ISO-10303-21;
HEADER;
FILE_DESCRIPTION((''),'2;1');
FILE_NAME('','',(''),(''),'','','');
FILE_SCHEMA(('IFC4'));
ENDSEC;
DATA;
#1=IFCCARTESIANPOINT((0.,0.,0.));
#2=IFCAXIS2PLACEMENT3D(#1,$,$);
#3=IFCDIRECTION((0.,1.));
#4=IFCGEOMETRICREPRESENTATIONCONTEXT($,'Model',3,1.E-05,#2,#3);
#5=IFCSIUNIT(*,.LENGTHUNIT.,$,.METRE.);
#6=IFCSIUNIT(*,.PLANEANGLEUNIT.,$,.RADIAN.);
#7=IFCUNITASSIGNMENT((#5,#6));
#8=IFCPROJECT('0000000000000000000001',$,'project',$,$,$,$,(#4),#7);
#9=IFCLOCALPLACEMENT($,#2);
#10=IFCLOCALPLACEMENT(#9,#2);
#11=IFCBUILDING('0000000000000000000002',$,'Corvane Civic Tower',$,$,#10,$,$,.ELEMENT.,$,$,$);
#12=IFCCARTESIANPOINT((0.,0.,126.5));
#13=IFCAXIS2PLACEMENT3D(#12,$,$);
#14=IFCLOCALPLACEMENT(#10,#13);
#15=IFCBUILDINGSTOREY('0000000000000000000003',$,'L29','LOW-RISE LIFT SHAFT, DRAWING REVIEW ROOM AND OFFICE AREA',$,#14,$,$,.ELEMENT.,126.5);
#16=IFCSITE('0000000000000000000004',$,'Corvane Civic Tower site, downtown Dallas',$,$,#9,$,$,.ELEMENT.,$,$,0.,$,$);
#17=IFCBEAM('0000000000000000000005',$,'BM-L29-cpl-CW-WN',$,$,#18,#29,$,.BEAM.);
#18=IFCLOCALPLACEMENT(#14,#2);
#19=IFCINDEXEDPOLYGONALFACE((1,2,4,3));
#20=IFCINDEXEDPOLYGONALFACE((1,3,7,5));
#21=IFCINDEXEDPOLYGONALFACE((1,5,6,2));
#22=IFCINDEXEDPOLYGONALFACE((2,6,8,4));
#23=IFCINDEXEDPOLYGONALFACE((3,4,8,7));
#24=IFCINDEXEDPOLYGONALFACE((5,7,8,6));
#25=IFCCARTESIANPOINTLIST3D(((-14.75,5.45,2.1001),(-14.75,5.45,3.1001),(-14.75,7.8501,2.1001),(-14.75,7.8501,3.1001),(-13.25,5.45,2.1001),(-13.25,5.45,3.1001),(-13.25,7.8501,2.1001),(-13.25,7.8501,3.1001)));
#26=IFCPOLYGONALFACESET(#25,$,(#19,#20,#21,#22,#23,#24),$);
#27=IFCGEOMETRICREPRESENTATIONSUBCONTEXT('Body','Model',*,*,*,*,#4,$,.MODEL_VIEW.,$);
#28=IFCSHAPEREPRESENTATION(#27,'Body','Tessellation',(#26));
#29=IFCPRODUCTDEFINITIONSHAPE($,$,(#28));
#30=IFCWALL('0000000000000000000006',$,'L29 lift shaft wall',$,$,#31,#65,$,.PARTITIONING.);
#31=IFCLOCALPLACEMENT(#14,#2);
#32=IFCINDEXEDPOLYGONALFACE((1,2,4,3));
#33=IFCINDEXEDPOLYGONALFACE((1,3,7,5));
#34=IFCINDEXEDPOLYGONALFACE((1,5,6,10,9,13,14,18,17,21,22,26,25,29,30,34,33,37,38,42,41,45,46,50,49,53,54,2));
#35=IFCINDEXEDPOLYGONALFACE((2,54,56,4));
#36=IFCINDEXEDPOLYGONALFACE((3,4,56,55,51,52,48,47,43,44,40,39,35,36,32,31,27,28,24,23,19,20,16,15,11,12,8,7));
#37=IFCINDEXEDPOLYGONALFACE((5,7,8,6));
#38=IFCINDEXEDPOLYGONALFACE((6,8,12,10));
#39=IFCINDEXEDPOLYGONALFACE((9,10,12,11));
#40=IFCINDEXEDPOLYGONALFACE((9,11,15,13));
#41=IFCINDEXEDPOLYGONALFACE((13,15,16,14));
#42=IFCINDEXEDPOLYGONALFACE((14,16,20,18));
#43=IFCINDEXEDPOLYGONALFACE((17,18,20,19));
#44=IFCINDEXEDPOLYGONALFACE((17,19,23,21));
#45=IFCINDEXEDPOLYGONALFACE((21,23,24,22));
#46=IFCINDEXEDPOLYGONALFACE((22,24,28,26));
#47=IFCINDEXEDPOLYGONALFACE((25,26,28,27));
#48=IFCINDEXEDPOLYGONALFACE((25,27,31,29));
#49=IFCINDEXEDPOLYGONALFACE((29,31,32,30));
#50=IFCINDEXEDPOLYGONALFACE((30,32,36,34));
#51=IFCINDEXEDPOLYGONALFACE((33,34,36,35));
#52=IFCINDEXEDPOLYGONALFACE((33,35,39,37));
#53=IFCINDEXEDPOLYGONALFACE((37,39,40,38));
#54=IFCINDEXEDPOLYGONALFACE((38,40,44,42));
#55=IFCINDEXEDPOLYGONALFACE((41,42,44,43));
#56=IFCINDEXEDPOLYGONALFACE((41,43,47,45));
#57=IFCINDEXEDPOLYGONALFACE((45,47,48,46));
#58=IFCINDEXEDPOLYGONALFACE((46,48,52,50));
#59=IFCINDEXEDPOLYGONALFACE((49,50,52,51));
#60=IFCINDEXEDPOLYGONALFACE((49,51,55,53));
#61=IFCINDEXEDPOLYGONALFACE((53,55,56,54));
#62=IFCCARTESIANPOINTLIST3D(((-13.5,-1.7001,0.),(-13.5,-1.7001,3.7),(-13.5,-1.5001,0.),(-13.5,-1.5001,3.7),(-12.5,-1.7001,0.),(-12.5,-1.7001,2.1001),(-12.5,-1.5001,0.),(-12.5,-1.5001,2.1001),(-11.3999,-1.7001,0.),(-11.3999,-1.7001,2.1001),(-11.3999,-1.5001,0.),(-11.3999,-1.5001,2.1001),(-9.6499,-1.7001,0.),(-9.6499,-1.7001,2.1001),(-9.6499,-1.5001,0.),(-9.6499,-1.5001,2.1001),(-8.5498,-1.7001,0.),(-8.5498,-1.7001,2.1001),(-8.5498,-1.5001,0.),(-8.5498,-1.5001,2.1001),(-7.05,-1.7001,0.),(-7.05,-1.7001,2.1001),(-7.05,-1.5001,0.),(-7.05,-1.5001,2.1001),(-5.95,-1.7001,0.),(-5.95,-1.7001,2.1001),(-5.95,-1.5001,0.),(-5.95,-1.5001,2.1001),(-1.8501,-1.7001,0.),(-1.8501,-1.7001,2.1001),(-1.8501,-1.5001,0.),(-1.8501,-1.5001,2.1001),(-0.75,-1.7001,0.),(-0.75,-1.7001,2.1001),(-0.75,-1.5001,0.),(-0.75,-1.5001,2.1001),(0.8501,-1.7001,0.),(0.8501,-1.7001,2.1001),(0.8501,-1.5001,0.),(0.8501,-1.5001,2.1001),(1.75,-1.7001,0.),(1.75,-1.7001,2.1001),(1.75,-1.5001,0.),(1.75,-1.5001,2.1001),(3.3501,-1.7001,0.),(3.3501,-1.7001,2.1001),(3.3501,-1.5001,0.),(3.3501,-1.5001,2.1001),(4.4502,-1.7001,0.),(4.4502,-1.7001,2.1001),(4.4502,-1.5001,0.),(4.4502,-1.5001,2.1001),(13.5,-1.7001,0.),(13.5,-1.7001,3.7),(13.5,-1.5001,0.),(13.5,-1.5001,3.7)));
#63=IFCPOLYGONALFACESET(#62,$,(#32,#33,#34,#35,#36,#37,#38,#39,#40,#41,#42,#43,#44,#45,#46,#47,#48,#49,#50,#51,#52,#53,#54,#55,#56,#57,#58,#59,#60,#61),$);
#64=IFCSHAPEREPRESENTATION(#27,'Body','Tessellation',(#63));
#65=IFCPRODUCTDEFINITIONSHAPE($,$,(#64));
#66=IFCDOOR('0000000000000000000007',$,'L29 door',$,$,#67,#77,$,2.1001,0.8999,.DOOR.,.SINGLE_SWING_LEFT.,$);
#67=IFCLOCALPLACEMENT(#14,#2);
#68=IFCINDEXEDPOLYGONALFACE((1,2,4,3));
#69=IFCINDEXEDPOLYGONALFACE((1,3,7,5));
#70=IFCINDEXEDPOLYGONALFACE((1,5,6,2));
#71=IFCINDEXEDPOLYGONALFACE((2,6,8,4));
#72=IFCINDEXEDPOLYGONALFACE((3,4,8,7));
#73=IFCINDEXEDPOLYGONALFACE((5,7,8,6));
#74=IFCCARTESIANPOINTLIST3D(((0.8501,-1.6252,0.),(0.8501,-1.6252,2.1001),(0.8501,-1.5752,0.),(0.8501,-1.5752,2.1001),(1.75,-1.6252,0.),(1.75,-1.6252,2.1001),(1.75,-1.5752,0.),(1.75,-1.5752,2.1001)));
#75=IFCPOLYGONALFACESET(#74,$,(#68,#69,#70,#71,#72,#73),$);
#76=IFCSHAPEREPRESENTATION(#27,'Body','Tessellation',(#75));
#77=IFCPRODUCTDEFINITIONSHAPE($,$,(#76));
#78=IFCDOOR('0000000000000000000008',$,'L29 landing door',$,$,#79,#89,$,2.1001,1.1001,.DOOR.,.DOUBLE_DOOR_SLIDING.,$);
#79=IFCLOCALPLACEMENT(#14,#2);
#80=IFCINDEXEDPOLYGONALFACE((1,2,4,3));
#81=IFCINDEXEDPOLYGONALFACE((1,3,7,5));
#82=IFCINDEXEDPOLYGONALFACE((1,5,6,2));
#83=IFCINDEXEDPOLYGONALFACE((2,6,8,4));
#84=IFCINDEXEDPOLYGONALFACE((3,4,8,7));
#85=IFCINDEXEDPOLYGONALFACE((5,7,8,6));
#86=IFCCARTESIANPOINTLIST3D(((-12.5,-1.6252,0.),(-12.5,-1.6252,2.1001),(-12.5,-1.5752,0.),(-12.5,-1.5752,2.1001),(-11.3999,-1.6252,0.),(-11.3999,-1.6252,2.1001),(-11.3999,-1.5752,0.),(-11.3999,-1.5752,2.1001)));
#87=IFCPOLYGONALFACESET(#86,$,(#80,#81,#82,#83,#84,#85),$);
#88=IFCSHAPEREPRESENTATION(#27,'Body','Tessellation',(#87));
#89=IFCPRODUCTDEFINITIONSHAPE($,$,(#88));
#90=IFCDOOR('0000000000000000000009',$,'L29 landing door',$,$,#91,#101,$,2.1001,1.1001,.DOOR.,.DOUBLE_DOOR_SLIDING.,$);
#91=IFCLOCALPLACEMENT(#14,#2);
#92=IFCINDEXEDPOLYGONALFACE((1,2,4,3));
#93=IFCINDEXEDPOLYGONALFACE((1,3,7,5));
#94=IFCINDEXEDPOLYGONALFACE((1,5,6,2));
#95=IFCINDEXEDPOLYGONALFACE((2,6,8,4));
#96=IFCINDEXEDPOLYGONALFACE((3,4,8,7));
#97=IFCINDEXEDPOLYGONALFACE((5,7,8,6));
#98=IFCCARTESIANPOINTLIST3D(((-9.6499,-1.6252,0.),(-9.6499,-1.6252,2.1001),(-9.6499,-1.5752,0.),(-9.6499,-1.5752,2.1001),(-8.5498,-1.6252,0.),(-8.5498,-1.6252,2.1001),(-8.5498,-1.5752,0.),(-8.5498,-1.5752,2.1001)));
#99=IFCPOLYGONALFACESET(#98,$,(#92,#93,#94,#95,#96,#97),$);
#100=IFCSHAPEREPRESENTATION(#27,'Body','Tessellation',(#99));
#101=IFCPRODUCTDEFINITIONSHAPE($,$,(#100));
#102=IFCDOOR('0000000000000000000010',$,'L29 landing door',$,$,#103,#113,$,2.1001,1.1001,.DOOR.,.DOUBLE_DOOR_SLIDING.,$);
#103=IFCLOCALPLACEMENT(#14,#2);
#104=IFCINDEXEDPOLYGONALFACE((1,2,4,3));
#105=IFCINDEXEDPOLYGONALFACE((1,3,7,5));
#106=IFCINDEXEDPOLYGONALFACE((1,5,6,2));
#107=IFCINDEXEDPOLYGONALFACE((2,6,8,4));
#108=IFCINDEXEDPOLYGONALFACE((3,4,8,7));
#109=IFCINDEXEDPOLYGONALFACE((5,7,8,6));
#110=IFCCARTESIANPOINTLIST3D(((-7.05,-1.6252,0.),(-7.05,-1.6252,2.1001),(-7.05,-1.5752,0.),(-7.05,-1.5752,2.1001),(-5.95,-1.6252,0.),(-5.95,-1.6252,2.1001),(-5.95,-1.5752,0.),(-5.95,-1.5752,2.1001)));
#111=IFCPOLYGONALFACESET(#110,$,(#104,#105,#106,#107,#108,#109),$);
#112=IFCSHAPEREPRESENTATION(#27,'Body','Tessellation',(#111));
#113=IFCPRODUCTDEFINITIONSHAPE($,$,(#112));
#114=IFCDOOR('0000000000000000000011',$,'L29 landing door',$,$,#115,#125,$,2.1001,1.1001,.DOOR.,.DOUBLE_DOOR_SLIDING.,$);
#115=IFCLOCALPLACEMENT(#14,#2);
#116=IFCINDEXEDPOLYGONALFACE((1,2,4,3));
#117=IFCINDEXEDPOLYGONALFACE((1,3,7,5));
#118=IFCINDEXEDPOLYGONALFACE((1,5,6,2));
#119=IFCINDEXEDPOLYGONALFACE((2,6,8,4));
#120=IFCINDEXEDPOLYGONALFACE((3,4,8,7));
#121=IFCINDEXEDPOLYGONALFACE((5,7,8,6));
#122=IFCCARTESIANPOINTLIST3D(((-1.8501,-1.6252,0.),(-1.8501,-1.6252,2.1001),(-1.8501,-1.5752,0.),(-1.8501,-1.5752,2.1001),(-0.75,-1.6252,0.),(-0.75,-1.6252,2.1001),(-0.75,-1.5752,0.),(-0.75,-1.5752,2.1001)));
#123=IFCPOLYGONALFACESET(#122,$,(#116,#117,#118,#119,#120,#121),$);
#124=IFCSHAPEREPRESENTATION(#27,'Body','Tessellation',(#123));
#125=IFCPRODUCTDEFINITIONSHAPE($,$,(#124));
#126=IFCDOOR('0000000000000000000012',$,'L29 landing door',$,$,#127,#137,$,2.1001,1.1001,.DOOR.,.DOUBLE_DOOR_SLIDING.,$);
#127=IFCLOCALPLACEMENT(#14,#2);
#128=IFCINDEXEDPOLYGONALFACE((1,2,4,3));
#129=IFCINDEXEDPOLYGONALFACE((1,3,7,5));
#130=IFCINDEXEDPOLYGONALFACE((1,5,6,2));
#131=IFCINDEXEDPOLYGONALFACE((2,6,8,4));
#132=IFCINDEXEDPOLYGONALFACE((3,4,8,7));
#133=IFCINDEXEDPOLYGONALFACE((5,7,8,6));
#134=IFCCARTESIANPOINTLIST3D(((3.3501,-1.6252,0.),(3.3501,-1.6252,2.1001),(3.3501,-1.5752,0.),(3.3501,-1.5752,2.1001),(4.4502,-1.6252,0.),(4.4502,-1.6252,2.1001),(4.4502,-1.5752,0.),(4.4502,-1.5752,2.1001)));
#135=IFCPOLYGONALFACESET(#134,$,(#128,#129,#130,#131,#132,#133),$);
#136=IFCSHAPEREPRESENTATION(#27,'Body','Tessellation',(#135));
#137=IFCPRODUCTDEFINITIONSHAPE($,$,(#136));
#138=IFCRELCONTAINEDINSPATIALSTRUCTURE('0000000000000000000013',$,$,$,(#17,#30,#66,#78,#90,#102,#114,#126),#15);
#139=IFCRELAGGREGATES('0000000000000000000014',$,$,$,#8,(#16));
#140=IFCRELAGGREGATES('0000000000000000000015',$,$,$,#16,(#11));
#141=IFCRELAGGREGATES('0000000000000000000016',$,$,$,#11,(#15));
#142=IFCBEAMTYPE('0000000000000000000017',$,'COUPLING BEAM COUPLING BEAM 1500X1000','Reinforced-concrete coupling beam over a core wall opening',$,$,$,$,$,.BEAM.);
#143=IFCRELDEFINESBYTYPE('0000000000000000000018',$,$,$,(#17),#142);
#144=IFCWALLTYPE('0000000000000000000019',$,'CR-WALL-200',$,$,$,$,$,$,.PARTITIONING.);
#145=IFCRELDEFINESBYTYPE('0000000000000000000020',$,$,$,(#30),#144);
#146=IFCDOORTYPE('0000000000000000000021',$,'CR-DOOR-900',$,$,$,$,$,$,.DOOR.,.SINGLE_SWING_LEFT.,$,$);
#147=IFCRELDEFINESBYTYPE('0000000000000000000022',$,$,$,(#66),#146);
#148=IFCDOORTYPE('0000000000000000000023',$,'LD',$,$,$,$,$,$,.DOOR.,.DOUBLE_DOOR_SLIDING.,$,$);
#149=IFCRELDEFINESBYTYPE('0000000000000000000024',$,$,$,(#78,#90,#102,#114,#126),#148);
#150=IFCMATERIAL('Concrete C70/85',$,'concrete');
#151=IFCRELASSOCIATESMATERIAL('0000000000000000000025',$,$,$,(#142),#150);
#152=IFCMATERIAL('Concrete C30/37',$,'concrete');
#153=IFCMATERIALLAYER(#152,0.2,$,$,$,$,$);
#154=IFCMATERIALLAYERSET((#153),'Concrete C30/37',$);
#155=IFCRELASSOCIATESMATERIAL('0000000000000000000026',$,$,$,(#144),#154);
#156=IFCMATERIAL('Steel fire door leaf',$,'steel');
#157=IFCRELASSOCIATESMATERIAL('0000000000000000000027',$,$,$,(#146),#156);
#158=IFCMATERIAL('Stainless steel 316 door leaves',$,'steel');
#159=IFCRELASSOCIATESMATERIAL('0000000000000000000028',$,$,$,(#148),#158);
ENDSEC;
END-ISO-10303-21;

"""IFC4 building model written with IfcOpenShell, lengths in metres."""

from ifc_helpers import new_model, si_unit, direction, frame, frame_2d, origin, origin_2d, place, context, subcontext, project, spatial, rectangle, extrude, material, layer, layer_set, material_profile, profile_set, type_object, element, fill, save


model = new_model("IFC4")

# Units and contexts
model_context = context("Model", 3, precision=1e-05, world=origin(), true_north=direction((0.0, 1.0)))
body_context = subcontext(model_context, "Body", "Model", "MODEL_VIEW")
ifc_project = project(units=[si_unit("LENGTHUNIT", "METRE"), si_unit("PLANEANGLEUNIT", "RADIAN")], contexts=[model_context])

# Site, building, storey
site_placement = place(None, origin())
site = spatial("IfcSite", under=ifc_project, at=site_placement, Name="Corvane Civic Tower site, downtown Dallas", CompositionType="ELEMENT", RefElevation=0.0)
building_placement = place(site_placement, origin())
building = spatial("IfcBuilding", under=site, at=building_placement, Name="Corvane Civic Tower", CompositionType="ELEMENT")
storey_placement = place(building_placement, frame((0.0, 0.0, 126.5)))
storey = spatial("IfcBuildingStorey", under=building, at=storey_placement, Name="L29", Description="LOW-RISE LIFT SHAFT, DRAWING REVIEW ROOM AND OFFICE AREA", CompositionType="ELEMENT", Elevation=126.5)

# Beam
ifc_material_1 = material(Name="Concrete C70/85", Category="concrete")
ifc_material_profile = material_profile(ifc_material_1, rectangle(XDim=1.5, YDim=1.0, at=origin_2d()), Name="COUPLING BEAM 1500X1000")
ifc_profile_set = profile_set([ifc_material_profile], Name="Concrete C70/85")
beam_type = type_object("IfcBeamType", Name="COUPLING BEAM COUPLING BEAM 1500X1000", Description="Reinforced-concrete coupling beam over a core wall opening", PredefinedType="BEAM", material=ifc_profile_set)
beam_placement = place(storey_placement, frame((-14.0, 5.45, 2.6001), z_axis=(0.0, 1.0, 0.0), x_axis=(-1.0, 0.0, 0.0)))
element("IfcBeam", 1, at=beam_placement, inside=storey, type_object=beam_type, Name="BM-L29-cpl-CW-WN", PredefinedType="BEAM", context=body_context, shape_type="SweptSolid", body=[
    extrude(rectangle(XDim=1.5, YDim=1.0, at=origin_2d()), origin(), (0.0, 0.0, 1.0), 2.4001),
])

# Wall, openings, doors
ifc_material_2 = material(Name="Concrete C30/37", Category="concrete")
ifc_layer_1 = layer(ifc_material_2, 0.2)
ifc_layer_set_1 = layer_set([ifc_layer_1], Name="Concrete C30/37")
wall_type_1 = type_object("IfcWallType", Name="CR-WALL-200", PredefinedType="PARTITIONING", material=ifc_layer_set_1)
wall_1_placement = place(storey_placement, frame((-13.5, -1.6001, 0.0), z_axis=(0.0, 0.0, 1.0), x_axis=(1.0, 0.0, 0.0)))
wall_1 = element("IfcWall", 2, at=wall_1_placement, inside=storey, type_object=wall_type_1, Name="L29 lift shaft wall", PredefinedType="PARTITIONING", context=body_context, shape_type="SweptSolid", body=[
    extrude(rectangle(XDim=27.0, YDim=0.2, at=frame_2d((13.5, 0.0))), origin(), (0.0, 0.0, 1.0), 3.7),
])
opening_1_placement = place(wall_1_placement, frame((1.0, 0.0, 0.0)))
opening_1 = element("IfcOpeningElement", 3, at=opening_1_placement, cuts=wall_1, PredefinedType="OPENING", context=body_context, shape_type="SweptSolid", body=[
    extrude(rectangle(XDim=1.1001, YDim=2.1001, at=frame_2d((0.55, 1.05))), frame((0.0, 0.1099, 0.0), z_axis=(0.0, -1.0, 0.0), x_axis=(1.0, 0.0, 0.0)), (0.0, 0.0, 1.0), 0.22),
])
opening_2_placement = place(wall_1_placement, frame((3.8501, 0.0, 0.0)))
opening_2 = element("IfcOpeningElement", 4, at=opening_2_placement, cuts=wall_1, PredefinedType="OPENING", context=body_context, shape_type="SweptSolid", body=[
    extrude(rectangle(XDim=1.1001, YDim=2.1001, at=frame_2d((0.55, 1.05))), frame((0.0, 0.1099, 0.0), z_axis=(0.0, -1.0, 0.0), x_axis=(1.0, 0.0, 0.0)), (0.0, 0.0, 1.0), 0.22),
])
opening_3_placement = place(wall_1_placement, frame((6.45, 0.0, 0.0)))
opening_3 = element("IfcOpeningElement", 5, at=opening_3_placement, cuts=wall_1, PredefinedType="OPENING", context=body_context, shape_type="SweptSolid", body=[
    extrude(rectangle(XDim=1.1001, YDim=2.1001, at=frame_2d((0.55, 1.05))), frame((0.0, 0.1099, 0.0), z_axis=(0.0, -1.0, 0.0), x_axis=(1.0, 0.0, 0.0)), (0.0, 0.0, 1.0), 0.22),
])
opening_4_placement = place(wall_1_placement, frame((11.6499, 0.0, 0.0)))
opening_4 = element("IfcOpeningElement", 6, at=opening_4_placement, cuts=wall_1, PredefinedType="OPENING", context=body_context, shape_type="SweptSolid", body=[
    extrude(rectangle(XDim=1.1001, YDim=2.1001, at=frame_2d((0.55, 1.05))), frame((0.0, 0.1099, 0.0), z_axis=(0.0, -1.0, 0.0), x_axis=(1.0, 0.0, 0.0)), (0.0, 0.0, 1.0), 0.22),
])
opening_5_placement = place(wall_1_placement, frame((14.3501, 0.0, 0.0)))
opening_5 = element("IfcOpeningElement", 7, at=opening_5_placement, cuts=wall_1, PredefinedType="OPENING", context=body_context, shape_type="SweptSolid", body=[
    extrude(rectangle(XDim=0.8999, YDim=2.1001, at=frame_2d((0.45, 1.05))), frame((0.0, 0.1099, 0.0), z_axis=(0.0, -1.0, 0.0), x_axis=(1.0, 0.0, 0.0)), (0.0, 0.0, 1.0), 0.22),
])
opening_6_placement = place(wall_1_placement, frame((16.8501, 0.0, 0.0)))
opening_6 = element("IfcOpeningElement", 8, at=opening_6_placement, cuts=wall_1, PredefinedType="OPENING", context=body_context, shape_type="SweptSolid", body=[
    extrude(rectangle(XDim=1.1001, YDim=2.1001, at=frame_2d((0.55, 1.05))), frame((0.0, 0.1099, 0.0), z_axis=(0.0, -1.0, 0.0), x_axis=(1.0, 0.0, 0.0)), (0.0, 0.0, 1.0), 0.22),
])
ifc_material_3 = material(Name="Steel fire door leaf", Category="steel")
door_type_1 = type_object("IfcDoorType", Name="CR-DOOR-900", OperationType="SINGLE_SWING_LEFT", PredefinedType="DOOR", material=ifc_material_3)
door_1_placement = place(opening_5_placement, origin())
door_1 = element("IfcDoor", 9, at=door_1_placement, inside=storey, type_object=door_type_1, Name="L29 door", OperationType="SINGLE_SWING_LEFT", OverallHeight=2.1001, OverallWidth=0.8999, PredefinedType="DOOR", context=body_context, shape_type="SweptSolid", body=[
    extrude(rectangle(XDim=0.8999, YDim=2.1001, at=frame_2d((0.45, 1.05))), frame((0.0, 0.0249, 0.0), z_axis=(0.0, -1.0, 0.0), x_axis=(1.0, 0.0, 0.0)), (0.0, 0.0, 1.0), 0.05),
])
fill(opening_5, door_1)
ifc_material_4 = material(Name="Stainless steel 316 door leaves", Category="steel")
door_type_2 = type_object("IfcDoorType", Name="LD", OperationType="DOUBLE_DOOR_SLIDING", PredefinedType="DOOR", material=ifc_material_4)
door_2_placement = place(opening_1_placement, origin())
door_2 = element("IfcDoor", 10, at=door_2_placement, inside=storey, type_object=door_type_2, Name="L29 landing door", OperationType="DOUBLE_DOOR_SLIDING", OverallHeight=2.1001, OverallWidth=1.1001, PredefinedType="DOOR", context=body_context, shape_type="SweptSolid", body=[
    extrude(rectangle(XDim=1.1001, YDim=2.1001, at=frame_2d((0.55, 1.05))), frame((0.0, 0.0249, 0.0), z_axis=(0.0, -1.0, 0.0), x_axis=(1.0, 0.0, 0.0)), (0.0, 0.0, 1.0), 0.05),
])
fill(opening_1, door_2)
door_3_placement = place(opening_2_placement, origin())
door_3 = element("IfcDoor", 11, at=door_3_placement, inside=storey, type_object=door_type_2, Name="L29 landing door", OperationType="DOUBLE_DOOR_SLIDING", OverallHeight=2.1001, OverallWidth=1.1001, PredefinedType="DOOR", context=body_context, shape_type="SweptSolid", body=[
    extrude(rectangle(XDim=1.1001, YDim=2.1001, at=frame_2d((0.55, 1.05))), frame((0.0, 0.0249, 0.0), z_axis=(0.0, -1.0, 0.0), x_axis=(1.0, 0.0, 0.0)), (0.0, 0.0, 1.0), 0.05),
])
fill(opening_2, door_3)
door_4_placement = place(opening_3_placement, origin())
door_4 = element("IfcDoor", 12, at=door_4_placement, inside=storey, type_object=door_type_2, Name="L29 landing door", OperationType="DOUBLE_DOOR_SLIDING", OverallHeight=2.1001, OverallWidth=1.1001, PredefinedType="DOOR", context=body_context, shape_type="SweptSolid", body=[
    extrude(rectangle(XDim=1.1001, YDim=2.1001, at=frame_2d((0.55, 1.05))), frame((0.0, 0.0249, 0.0), z_axis=(0.0, -1.0, 0.0), x_axis=(1.0, 0.0, 0.0)), (0.0, 0.0, 1.0), 0.05),
])
fill(opening_3, door_4)
door_5_placement = place(opening_4_placement, origin())
door_5 = element("IfcDoor", 13, at=door_5_placement, inside=storey, type_object=door_type_2, Name="L29 landing door", OperationType="DOUBLE_DOOR_SLIDING", OverallHeight=2.1001, OverallWidth=1.1001, PredefinedType="DOOR", context=body_context, shape_type="SweptSolid", body=[
    extrude(rectangle(XDim=1.1001, YDim=2.1001, at=frame_2d((0.55, 1.05))), frame((0.0, 0.0249, 0.0), z_axis=(0.0, -1.0, 0.0), x_axis=(1.0, 0.0, 0.0)), (0.0, 0.0, 1.0), 0.05),
])
fill(opening_4, door_5)
door_6_placement = place(opening_6_placement, origin())
door_6 = element("IfcDoor", 14, at=door_6_placement, inside=storey, type_object=door_type_2, Name="L29 landing door", OperationType="DOUBLE_DOOR_SLIDING", OverallHeight=2.1001, OverallWidth=1.1001, PredefinedType="DOOR", context=body_context, shape_type="SweptSolid", body=[
    extrude(rectangle(XDim=1.1001, YDim=2.1001, at=frame_2d((0.55, 1.05))), frame((0.0, 0.0249, 0.0), z_axis=(0.0, -1.0, 0.0), x_axis=(1.0, 0.0, 0.0)), (0.0, 0.0, 1.0), 0.05),
])
fill(opening_6, door_6)

save(model, "model.ifc")
